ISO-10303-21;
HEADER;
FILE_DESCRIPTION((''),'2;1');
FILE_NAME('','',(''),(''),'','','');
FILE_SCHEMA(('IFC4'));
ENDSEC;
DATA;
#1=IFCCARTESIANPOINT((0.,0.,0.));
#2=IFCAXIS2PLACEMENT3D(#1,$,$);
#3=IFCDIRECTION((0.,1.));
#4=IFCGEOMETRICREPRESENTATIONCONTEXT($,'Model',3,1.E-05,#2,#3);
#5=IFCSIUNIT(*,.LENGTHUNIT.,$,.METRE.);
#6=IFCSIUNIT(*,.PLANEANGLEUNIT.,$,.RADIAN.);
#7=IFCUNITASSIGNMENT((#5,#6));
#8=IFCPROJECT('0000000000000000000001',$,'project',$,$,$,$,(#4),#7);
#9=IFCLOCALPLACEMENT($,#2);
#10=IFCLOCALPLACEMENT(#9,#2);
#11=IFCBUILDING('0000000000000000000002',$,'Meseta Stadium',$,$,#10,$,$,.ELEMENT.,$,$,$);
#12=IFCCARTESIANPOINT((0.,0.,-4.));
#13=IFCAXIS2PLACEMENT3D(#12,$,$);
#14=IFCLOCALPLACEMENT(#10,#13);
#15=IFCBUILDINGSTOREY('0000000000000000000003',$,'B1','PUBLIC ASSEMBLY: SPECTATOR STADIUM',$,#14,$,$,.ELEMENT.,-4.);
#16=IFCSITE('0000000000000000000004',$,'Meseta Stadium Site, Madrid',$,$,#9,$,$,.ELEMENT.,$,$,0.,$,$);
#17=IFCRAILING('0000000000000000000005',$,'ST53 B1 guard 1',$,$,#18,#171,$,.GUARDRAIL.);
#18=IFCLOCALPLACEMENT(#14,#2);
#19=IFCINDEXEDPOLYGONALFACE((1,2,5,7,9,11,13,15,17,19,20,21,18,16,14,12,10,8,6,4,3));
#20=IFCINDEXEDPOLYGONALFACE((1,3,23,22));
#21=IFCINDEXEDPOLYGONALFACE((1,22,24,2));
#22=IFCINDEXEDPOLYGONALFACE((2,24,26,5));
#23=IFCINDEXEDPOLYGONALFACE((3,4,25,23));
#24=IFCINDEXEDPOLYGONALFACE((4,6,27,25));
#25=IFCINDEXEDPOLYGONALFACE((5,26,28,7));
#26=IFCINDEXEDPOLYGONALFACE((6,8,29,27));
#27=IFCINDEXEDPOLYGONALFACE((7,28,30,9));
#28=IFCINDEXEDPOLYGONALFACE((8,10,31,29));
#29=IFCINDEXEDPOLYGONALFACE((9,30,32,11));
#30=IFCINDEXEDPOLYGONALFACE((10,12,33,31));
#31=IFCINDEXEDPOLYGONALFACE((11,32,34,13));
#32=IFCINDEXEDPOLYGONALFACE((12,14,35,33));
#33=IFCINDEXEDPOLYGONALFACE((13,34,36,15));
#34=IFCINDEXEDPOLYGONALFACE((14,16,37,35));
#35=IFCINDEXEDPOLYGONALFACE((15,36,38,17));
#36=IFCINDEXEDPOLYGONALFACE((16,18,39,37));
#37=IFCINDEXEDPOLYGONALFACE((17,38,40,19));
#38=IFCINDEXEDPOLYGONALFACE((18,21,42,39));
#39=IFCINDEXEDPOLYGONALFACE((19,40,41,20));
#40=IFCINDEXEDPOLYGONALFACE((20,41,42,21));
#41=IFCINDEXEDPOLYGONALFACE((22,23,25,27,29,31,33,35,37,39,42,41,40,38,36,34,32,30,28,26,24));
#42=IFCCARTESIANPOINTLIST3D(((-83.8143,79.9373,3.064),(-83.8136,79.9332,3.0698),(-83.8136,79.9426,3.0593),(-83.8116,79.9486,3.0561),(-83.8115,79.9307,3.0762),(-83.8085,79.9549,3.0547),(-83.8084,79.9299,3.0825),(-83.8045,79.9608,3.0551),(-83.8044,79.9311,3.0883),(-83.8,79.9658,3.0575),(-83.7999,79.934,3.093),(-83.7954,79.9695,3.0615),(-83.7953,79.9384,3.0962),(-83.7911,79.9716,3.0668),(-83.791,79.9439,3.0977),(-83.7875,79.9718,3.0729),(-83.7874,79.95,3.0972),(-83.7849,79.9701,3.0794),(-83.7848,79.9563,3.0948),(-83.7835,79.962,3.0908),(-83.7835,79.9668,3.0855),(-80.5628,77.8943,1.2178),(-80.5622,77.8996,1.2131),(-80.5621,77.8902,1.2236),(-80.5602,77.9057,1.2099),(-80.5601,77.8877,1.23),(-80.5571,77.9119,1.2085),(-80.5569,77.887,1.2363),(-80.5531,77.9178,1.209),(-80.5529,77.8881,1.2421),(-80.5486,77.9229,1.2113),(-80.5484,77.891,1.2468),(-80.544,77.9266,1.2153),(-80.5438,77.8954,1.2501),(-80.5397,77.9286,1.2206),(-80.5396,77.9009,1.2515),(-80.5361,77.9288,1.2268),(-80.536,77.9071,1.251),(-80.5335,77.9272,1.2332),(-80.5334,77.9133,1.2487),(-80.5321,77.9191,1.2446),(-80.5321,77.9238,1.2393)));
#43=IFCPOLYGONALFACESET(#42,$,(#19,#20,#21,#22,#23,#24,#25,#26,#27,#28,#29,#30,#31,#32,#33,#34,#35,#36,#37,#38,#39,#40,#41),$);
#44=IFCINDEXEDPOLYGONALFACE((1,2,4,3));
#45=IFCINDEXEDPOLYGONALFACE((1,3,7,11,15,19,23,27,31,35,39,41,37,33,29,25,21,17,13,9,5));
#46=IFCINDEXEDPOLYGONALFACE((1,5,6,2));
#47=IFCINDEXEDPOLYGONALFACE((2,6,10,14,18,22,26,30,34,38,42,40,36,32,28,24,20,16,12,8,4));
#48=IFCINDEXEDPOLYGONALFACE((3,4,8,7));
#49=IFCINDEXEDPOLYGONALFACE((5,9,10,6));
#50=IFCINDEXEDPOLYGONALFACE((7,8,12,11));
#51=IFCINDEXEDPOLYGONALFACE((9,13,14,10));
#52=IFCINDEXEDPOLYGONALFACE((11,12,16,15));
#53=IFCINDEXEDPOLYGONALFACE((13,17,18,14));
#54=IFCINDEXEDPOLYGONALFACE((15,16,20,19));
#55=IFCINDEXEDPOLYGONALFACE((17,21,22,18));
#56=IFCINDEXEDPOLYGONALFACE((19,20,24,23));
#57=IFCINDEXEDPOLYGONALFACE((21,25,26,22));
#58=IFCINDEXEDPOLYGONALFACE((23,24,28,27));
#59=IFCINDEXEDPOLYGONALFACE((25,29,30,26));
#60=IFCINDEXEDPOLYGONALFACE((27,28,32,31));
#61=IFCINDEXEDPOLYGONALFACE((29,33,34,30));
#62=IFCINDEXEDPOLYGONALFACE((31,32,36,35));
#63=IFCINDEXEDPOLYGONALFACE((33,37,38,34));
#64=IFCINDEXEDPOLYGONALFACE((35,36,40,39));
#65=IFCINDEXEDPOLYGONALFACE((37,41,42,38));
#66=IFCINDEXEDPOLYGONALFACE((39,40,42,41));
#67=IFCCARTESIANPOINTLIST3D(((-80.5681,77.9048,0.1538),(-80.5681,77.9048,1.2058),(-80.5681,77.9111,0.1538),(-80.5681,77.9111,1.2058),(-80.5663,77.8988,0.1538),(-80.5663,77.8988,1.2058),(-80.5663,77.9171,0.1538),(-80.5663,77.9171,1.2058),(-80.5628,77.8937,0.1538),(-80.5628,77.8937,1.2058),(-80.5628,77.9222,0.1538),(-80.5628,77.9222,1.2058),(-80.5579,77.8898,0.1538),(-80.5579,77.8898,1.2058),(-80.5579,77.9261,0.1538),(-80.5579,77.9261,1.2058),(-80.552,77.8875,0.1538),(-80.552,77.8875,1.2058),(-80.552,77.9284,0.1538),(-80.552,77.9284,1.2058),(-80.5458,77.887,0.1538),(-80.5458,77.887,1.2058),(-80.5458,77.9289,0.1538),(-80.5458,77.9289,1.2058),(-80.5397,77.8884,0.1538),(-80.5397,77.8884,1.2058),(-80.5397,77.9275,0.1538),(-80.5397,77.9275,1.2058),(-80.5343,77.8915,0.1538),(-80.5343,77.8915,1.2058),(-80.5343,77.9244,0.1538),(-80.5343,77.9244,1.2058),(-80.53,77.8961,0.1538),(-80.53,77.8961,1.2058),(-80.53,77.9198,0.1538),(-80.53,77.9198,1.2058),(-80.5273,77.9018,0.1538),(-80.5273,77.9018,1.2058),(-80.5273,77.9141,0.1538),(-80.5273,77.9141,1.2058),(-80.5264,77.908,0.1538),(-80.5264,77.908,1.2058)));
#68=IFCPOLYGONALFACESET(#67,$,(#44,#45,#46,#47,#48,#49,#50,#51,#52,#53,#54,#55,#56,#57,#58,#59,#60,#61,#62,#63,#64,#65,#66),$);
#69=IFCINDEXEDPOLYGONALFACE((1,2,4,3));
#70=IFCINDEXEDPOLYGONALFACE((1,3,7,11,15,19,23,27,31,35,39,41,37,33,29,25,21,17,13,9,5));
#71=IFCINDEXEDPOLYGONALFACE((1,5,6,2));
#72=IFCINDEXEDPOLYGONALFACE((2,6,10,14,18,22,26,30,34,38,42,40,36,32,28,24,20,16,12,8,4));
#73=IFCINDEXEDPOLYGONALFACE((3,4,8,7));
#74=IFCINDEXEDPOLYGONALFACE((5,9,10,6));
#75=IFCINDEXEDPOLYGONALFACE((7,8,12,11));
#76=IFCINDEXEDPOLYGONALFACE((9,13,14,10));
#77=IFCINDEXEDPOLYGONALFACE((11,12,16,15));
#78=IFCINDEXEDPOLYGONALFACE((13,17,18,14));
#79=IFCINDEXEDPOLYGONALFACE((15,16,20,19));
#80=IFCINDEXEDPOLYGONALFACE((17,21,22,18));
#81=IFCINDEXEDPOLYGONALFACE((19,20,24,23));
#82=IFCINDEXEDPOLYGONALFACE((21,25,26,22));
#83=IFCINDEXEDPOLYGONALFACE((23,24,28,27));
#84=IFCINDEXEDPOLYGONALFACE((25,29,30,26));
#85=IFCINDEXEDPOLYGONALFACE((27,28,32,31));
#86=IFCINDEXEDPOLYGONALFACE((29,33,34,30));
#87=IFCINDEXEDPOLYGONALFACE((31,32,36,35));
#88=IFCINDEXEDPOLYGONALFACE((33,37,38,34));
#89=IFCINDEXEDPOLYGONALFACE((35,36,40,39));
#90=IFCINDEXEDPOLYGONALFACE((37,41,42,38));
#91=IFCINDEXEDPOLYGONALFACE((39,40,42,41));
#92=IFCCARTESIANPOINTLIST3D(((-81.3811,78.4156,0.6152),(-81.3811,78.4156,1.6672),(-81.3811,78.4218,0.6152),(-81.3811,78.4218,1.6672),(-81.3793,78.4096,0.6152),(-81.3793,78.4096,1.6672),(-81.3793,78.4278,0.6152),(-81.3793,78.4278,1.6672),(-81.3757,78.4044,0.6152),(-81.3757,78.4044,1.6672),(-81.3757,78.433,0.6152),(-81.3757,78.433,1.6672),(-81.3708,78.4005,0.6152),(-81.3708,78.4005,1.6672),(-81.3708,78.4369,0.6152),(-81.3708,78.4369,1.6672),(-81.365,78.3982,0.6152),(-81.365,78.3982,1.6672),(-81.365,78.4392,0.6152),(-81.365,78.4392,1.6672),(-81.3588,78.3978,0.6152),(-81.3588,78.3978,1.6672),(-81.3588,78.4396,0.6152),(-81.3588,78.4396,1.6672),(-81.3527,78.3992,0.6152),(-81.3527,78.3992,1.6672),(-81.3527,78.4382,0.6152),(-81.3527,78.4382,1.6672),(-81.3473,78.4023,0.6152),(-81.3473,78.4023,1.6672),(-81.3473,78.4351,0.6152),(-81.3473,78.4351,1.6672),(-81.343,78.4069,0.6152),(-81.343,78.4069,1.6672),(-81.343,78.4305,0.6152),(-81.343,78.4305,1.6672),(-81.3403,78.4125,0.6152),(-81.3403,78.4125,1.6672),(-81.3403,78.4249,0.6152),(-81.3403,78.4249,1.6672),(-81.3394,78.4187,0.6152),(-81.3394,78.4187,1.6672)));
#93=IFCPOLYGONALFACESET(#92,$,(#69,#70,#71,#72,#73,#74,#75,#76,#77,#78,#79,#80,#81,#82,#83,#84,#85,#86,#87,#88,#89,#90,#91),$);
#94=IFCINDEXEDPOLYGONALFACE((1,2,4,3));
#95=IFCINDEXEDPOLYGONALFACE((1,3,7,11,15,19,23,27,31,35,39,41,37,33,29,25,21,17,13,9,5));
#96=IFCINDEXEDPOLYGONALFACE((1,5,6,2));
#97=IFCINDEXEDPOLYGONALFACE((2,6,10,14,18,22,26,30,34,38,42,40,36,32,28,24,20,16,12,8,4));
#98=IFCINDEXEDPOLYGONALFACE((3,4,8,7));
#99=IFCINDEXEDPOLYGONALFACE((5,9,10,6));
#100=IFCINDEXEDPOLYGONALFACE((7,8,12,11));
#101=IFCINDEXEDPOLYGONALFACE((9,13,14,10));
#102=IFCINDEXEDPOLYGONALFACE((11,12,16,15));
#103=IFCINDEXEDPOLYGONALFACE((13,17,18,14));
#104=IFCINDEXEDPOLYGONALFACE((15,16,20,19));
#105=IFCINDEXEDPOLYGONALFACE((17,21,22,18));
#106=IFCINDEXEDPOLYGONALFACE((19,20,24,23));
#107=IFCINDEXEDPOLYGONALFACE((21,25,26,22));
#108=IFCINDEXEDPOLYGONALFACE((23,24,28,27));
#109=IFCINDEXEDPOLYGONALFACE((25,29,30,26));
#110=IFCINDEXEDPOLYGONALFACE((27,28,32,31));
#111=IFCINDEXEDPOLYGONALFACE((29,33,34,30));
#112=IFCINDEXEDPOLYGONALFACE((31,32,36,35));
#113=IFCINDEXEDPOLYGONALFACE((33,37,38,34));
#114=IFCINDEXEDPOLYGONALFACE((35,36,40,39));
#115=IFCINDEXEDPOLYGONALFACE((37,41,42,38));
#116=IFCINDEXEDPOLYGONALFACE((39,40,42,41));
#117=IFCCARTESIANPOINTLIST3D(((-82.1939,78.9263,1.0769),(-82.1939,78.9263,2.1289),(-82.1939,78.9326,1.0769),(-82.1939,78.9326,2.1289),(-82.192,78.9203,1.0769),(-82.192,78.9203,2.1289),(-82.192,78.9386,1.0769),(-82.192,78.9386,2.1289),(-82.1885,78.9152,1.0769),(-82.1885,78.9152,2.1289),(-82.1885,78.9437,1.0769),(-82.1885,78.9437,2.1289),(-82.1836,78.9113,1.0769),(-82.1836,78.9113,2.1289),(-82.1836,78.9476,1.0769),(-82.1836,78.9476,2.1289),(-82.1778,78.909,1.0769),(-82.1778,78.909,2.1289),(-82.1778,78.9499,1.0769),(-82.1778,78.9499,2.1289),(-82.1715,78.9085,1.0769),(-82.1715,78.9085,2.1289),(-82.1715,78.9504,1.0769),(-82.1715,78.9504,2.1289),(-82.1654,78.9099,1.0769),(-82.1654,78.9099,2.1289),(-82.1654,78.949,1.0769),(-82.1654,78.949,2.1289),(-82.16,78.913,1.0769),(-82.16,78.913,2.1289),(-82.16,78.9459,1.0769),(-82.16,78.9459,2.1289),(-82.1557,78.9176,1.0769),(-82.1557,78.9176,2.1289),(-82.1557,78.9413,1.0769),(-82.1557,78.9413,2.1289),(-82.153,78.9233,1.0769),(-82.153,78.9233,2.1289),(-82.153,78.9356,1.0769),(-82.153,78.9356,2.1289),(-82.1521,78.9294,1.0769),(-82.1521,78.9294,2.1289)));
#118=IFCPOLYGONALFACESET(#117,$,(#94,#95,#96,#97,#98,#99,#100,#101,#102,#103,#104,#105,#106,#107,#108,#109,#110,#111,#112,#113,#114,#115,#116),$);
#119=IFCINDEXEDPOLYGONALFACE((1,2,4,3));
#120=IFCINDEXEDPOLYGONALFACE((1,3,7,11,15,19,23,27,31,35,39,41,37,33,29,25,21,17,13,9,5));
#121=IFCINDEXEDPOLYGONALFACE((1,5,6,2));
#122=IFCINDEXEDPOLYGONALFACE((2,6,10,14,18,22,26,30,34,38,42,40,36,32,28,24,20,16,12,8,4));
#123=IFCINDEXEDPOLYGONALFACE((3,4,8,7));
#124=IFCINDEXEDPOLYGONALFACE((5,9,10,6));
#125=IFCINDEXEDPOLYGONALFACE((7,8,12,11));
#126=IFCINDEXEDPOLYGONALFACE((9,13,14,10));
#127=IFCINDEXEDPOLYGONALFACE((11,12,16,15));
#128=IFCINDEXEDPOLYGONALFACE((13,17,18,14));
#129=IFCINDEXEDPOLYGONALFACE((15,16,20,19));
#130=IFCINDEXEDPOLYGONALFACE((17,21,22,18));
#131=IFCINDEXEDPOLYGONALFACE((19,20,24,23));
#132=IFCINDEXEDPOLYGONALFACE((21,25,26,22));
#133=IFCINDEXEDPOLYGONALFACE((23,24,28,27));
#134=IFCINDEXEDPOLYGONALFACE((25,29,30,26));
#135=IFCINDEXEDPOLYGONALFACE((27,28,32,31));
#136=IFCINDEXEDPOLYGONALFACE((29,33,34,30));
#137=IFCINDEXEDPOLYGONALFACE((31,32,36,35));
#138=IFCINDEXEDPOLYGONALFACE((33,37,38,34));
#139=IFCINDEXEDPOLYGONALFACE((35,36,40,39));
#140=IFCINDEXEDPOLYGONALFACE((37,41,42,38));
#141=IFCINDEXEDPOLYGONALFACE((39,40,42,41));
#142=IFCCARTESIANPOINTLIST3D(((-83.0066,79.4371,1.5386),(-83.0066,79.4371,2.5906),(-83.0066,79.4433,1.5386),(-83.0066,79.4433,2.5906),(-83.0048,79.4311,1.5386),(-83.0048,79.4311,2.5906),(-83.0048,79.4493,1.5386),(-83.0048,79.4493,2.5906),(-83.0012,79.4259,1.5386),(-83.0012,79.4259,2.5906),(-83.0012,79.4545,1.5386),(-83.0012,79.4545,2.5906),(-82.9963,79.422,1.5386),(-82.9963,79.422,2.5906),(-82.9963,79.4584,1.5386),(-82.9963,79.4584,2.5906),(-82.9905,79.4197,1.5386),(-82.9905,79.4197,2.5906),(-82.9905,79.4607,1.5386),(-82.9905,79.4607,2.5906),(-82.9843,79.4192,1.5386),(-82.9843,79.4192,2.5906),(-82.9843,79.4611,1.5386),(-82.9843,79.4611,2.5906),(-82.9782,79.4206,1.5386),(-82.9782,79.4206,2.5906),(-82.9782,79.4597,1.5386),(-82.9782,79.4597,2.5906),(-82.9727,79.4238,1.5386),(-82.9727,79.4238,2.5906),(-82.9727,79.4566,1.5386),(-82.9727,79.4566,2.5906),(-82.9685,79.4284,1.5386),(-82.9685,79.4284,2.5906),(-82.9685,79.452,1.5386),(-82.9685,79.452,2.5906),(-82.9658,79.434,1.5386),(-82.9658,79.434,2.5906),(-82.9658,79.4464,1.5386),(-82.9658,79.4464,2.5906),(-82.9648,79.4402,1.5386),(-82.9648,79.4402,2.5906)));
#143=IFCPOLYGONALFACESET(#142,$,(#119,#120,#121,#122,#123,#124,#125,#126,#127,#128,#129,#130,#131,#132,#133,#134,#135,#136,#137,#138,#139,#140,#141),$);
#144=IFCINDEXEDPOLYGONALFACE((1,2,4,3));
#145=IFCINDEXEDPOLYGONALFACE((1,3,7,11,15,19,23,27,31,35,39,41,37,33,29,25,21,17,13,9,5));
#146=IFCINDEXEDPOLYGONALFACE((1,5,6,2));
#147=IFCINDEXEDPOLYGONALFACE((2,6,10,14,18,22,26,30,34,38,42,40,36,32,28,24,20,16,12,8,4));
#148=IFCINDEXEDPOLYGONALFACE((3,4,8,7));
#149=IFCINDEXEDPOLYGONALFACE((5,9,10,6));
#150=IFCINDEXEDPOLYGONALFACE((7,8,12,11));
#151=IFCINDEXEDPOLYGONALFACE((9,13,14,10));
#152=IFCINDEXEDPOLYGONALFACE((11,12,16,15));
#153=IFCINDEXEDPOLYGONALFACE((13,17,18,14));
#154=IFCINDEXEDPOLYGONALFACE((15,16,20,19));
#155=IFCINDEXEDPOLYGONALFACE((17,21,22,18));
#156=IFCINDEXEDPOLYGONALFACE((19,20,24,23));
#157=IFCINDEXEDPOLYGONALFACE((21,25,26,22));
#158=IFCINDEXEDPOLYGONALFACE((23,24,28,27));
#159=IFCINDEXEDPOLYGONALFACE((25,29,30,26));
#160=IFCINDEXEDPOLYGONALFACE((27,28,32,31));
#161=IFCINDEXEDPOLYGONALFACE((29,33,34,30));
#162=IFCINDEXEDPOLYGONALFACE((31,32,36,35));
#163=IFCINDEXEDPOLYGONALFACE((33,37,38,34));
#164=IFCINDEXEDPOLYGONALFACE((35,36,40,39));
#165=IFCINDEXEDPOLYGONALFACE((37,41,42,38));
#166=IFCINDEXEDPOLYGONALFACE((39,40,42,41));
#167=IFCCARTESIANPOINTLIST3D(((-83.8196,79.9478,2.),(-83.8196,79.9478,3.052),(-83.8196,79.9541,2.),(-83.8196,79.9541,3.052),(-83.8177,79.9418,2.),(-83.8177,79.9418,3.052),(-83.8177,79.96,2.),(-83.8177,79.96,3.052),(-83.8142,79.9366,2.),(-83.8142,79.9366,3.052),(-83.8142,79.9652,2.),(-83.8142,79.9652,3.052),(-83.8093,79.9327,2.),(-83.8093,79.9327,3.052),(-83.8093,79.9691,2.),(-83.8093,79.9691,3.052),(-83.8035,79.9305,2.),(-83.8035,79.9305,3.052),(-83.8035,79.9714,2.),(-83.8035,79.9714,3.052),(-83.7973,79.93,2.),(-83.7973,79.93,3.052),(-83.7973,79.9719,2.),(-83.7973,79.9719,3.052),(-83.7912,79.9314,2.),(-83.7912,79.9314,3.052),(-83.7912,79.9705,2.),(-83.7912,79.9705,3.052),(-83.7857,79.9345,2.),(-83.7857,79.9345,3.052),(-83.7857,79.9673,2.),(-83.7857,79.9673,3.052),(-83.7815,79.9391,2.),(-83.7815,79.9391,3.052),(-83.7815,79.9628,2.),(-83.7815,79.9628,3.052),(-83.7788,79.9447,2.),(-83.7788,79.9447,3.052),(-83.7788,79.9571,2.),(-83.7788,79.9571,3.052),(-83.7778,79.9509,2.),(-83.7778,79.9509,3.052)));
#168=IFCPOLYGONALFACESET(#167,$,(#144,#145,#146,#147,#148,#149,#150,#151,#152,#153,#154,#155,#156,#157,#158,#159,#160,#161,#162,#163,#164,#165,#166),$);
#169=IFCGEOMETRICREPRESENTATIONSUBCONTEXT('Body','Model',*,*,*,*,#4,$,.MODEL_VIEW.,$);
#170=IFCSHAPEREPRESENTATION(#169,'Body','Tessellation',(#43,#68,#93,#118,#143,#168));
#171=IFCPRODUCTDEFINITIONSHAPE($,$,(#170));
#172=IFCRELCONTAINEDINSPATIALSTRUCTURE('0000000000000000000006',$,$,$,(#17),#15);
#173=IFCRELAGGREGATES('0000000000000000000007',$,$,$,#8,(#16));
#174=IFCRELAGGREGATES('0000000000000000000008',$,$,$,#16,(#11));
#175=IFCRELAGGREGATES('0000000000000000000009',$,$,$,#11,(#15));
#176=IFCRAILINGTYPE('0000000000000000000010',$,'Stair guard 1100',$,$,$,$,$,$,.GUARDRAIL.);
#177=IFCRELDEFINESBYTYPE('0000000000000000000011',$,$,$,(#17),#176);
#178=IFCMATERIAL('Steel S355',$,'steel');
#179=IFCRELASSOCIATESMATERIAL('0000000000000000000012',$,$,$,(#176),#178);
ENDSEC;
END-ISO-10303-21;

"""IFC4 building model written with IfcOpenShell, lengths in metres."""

from ifc_helpers import new_model, si_unit, direction, frame, origin, origin_2d, place, context, subcontext, project, spatial, circle, extrude, material, type_object, element, save


model = new_model("IFC4")

# Units and contexts
model_context = context("Model", 3, precision=1e-05, world=origin(), true_north=direction((0.0, 1.0)))
body_context = subcontext(model_context, "Body", "Model", "MODEL_VIEW")
ifc_project = project(units=[si_unit("LENGTHUNIT", "METRE"), si_unit("PLANEANGLEUNIT", "RADIAN")], contexts=[model_context])

# Site, building, storey
site_placement = place(None, origin())
site = spatial("IfcSite", under=ifc_project, at=site_placement, Name="Meseta Stadium Site, Madrid", CompositionType="ELEMENT", RefElevation=0.0)
building_placement = place(site_placement, origin())
building = spatial("IfcBuilding", under=site, at=building_placement, Name="Meseta Stadium", CompositionType="ELEMENT")
storey_placement = place(building_placement, frame((0.0, 0.0, -4.0)))
storey = spatial("IfcBuildingStorey", under=building, at=storey_placement, Name="B1", Description="PUBLIC ASSEMBLY: SPECTATOR STADIUM", CompositionType="ELEMENT", Elevation=-4.0)

# Railing
ifc_material_1 = material(Name="Steel S355", Category="steel")
railing_type_1 = type_object("IfcRailingType", Name="Stair guard 1100", PredefinedType="GUARDRAIL", material=ifc_material_1)
railing_1_placement = place(storey_placement, frame((-80.5474, 77.908, 0.1538)))
element("IfcRailing", 1, at=railing_1_placement, inside=storey, type_object=railing_type_1, Name="ST53 B1 guard 1", PredefinedType="GUARDRAIL", context=body_context, shape_type="SweptSolid", body=[
    extrude(circle(Radius=0.0239, at=origin_2d()), frame((0.0, 0.0, 1.0762), z_axis=(-0.763117, 0.479483, 0.4333), x_axis=(-0.53202, -0.846731, 0.0)), (0.0, 0.0, 1.0), 4.2607),
    extrude(circle(Radius=0.021, at=origin_2d()), origin(), (0.0, 0.0, 1.0), 1.052),
    extrude(circle(Radius=0.021, at=origin_2d()), frame((-0.813, 0.5107, 0.4614)), (0.0, 0.0, 1.0), 1.052),
    extrude(circle(Radius=0.021, at=origin_2d()), frame((-1.6257, 1.0215, 0.9231)), (0.0, 0.0, 1.0), 1.052),
    extrude(circle(Radius=0.021, at=origin_2d()), frame((-2.4385, 1.5322, 1.3848)), (0.0, 0.0, 1.0), 1.052),
    extrude(circle(Radius=0.021, at=origin_2d()), frame((-3.2515, 2.043, 1.8462)), (0.0, 0.0, 1.0), 1.052),
])

save(model, "model.ifc")
